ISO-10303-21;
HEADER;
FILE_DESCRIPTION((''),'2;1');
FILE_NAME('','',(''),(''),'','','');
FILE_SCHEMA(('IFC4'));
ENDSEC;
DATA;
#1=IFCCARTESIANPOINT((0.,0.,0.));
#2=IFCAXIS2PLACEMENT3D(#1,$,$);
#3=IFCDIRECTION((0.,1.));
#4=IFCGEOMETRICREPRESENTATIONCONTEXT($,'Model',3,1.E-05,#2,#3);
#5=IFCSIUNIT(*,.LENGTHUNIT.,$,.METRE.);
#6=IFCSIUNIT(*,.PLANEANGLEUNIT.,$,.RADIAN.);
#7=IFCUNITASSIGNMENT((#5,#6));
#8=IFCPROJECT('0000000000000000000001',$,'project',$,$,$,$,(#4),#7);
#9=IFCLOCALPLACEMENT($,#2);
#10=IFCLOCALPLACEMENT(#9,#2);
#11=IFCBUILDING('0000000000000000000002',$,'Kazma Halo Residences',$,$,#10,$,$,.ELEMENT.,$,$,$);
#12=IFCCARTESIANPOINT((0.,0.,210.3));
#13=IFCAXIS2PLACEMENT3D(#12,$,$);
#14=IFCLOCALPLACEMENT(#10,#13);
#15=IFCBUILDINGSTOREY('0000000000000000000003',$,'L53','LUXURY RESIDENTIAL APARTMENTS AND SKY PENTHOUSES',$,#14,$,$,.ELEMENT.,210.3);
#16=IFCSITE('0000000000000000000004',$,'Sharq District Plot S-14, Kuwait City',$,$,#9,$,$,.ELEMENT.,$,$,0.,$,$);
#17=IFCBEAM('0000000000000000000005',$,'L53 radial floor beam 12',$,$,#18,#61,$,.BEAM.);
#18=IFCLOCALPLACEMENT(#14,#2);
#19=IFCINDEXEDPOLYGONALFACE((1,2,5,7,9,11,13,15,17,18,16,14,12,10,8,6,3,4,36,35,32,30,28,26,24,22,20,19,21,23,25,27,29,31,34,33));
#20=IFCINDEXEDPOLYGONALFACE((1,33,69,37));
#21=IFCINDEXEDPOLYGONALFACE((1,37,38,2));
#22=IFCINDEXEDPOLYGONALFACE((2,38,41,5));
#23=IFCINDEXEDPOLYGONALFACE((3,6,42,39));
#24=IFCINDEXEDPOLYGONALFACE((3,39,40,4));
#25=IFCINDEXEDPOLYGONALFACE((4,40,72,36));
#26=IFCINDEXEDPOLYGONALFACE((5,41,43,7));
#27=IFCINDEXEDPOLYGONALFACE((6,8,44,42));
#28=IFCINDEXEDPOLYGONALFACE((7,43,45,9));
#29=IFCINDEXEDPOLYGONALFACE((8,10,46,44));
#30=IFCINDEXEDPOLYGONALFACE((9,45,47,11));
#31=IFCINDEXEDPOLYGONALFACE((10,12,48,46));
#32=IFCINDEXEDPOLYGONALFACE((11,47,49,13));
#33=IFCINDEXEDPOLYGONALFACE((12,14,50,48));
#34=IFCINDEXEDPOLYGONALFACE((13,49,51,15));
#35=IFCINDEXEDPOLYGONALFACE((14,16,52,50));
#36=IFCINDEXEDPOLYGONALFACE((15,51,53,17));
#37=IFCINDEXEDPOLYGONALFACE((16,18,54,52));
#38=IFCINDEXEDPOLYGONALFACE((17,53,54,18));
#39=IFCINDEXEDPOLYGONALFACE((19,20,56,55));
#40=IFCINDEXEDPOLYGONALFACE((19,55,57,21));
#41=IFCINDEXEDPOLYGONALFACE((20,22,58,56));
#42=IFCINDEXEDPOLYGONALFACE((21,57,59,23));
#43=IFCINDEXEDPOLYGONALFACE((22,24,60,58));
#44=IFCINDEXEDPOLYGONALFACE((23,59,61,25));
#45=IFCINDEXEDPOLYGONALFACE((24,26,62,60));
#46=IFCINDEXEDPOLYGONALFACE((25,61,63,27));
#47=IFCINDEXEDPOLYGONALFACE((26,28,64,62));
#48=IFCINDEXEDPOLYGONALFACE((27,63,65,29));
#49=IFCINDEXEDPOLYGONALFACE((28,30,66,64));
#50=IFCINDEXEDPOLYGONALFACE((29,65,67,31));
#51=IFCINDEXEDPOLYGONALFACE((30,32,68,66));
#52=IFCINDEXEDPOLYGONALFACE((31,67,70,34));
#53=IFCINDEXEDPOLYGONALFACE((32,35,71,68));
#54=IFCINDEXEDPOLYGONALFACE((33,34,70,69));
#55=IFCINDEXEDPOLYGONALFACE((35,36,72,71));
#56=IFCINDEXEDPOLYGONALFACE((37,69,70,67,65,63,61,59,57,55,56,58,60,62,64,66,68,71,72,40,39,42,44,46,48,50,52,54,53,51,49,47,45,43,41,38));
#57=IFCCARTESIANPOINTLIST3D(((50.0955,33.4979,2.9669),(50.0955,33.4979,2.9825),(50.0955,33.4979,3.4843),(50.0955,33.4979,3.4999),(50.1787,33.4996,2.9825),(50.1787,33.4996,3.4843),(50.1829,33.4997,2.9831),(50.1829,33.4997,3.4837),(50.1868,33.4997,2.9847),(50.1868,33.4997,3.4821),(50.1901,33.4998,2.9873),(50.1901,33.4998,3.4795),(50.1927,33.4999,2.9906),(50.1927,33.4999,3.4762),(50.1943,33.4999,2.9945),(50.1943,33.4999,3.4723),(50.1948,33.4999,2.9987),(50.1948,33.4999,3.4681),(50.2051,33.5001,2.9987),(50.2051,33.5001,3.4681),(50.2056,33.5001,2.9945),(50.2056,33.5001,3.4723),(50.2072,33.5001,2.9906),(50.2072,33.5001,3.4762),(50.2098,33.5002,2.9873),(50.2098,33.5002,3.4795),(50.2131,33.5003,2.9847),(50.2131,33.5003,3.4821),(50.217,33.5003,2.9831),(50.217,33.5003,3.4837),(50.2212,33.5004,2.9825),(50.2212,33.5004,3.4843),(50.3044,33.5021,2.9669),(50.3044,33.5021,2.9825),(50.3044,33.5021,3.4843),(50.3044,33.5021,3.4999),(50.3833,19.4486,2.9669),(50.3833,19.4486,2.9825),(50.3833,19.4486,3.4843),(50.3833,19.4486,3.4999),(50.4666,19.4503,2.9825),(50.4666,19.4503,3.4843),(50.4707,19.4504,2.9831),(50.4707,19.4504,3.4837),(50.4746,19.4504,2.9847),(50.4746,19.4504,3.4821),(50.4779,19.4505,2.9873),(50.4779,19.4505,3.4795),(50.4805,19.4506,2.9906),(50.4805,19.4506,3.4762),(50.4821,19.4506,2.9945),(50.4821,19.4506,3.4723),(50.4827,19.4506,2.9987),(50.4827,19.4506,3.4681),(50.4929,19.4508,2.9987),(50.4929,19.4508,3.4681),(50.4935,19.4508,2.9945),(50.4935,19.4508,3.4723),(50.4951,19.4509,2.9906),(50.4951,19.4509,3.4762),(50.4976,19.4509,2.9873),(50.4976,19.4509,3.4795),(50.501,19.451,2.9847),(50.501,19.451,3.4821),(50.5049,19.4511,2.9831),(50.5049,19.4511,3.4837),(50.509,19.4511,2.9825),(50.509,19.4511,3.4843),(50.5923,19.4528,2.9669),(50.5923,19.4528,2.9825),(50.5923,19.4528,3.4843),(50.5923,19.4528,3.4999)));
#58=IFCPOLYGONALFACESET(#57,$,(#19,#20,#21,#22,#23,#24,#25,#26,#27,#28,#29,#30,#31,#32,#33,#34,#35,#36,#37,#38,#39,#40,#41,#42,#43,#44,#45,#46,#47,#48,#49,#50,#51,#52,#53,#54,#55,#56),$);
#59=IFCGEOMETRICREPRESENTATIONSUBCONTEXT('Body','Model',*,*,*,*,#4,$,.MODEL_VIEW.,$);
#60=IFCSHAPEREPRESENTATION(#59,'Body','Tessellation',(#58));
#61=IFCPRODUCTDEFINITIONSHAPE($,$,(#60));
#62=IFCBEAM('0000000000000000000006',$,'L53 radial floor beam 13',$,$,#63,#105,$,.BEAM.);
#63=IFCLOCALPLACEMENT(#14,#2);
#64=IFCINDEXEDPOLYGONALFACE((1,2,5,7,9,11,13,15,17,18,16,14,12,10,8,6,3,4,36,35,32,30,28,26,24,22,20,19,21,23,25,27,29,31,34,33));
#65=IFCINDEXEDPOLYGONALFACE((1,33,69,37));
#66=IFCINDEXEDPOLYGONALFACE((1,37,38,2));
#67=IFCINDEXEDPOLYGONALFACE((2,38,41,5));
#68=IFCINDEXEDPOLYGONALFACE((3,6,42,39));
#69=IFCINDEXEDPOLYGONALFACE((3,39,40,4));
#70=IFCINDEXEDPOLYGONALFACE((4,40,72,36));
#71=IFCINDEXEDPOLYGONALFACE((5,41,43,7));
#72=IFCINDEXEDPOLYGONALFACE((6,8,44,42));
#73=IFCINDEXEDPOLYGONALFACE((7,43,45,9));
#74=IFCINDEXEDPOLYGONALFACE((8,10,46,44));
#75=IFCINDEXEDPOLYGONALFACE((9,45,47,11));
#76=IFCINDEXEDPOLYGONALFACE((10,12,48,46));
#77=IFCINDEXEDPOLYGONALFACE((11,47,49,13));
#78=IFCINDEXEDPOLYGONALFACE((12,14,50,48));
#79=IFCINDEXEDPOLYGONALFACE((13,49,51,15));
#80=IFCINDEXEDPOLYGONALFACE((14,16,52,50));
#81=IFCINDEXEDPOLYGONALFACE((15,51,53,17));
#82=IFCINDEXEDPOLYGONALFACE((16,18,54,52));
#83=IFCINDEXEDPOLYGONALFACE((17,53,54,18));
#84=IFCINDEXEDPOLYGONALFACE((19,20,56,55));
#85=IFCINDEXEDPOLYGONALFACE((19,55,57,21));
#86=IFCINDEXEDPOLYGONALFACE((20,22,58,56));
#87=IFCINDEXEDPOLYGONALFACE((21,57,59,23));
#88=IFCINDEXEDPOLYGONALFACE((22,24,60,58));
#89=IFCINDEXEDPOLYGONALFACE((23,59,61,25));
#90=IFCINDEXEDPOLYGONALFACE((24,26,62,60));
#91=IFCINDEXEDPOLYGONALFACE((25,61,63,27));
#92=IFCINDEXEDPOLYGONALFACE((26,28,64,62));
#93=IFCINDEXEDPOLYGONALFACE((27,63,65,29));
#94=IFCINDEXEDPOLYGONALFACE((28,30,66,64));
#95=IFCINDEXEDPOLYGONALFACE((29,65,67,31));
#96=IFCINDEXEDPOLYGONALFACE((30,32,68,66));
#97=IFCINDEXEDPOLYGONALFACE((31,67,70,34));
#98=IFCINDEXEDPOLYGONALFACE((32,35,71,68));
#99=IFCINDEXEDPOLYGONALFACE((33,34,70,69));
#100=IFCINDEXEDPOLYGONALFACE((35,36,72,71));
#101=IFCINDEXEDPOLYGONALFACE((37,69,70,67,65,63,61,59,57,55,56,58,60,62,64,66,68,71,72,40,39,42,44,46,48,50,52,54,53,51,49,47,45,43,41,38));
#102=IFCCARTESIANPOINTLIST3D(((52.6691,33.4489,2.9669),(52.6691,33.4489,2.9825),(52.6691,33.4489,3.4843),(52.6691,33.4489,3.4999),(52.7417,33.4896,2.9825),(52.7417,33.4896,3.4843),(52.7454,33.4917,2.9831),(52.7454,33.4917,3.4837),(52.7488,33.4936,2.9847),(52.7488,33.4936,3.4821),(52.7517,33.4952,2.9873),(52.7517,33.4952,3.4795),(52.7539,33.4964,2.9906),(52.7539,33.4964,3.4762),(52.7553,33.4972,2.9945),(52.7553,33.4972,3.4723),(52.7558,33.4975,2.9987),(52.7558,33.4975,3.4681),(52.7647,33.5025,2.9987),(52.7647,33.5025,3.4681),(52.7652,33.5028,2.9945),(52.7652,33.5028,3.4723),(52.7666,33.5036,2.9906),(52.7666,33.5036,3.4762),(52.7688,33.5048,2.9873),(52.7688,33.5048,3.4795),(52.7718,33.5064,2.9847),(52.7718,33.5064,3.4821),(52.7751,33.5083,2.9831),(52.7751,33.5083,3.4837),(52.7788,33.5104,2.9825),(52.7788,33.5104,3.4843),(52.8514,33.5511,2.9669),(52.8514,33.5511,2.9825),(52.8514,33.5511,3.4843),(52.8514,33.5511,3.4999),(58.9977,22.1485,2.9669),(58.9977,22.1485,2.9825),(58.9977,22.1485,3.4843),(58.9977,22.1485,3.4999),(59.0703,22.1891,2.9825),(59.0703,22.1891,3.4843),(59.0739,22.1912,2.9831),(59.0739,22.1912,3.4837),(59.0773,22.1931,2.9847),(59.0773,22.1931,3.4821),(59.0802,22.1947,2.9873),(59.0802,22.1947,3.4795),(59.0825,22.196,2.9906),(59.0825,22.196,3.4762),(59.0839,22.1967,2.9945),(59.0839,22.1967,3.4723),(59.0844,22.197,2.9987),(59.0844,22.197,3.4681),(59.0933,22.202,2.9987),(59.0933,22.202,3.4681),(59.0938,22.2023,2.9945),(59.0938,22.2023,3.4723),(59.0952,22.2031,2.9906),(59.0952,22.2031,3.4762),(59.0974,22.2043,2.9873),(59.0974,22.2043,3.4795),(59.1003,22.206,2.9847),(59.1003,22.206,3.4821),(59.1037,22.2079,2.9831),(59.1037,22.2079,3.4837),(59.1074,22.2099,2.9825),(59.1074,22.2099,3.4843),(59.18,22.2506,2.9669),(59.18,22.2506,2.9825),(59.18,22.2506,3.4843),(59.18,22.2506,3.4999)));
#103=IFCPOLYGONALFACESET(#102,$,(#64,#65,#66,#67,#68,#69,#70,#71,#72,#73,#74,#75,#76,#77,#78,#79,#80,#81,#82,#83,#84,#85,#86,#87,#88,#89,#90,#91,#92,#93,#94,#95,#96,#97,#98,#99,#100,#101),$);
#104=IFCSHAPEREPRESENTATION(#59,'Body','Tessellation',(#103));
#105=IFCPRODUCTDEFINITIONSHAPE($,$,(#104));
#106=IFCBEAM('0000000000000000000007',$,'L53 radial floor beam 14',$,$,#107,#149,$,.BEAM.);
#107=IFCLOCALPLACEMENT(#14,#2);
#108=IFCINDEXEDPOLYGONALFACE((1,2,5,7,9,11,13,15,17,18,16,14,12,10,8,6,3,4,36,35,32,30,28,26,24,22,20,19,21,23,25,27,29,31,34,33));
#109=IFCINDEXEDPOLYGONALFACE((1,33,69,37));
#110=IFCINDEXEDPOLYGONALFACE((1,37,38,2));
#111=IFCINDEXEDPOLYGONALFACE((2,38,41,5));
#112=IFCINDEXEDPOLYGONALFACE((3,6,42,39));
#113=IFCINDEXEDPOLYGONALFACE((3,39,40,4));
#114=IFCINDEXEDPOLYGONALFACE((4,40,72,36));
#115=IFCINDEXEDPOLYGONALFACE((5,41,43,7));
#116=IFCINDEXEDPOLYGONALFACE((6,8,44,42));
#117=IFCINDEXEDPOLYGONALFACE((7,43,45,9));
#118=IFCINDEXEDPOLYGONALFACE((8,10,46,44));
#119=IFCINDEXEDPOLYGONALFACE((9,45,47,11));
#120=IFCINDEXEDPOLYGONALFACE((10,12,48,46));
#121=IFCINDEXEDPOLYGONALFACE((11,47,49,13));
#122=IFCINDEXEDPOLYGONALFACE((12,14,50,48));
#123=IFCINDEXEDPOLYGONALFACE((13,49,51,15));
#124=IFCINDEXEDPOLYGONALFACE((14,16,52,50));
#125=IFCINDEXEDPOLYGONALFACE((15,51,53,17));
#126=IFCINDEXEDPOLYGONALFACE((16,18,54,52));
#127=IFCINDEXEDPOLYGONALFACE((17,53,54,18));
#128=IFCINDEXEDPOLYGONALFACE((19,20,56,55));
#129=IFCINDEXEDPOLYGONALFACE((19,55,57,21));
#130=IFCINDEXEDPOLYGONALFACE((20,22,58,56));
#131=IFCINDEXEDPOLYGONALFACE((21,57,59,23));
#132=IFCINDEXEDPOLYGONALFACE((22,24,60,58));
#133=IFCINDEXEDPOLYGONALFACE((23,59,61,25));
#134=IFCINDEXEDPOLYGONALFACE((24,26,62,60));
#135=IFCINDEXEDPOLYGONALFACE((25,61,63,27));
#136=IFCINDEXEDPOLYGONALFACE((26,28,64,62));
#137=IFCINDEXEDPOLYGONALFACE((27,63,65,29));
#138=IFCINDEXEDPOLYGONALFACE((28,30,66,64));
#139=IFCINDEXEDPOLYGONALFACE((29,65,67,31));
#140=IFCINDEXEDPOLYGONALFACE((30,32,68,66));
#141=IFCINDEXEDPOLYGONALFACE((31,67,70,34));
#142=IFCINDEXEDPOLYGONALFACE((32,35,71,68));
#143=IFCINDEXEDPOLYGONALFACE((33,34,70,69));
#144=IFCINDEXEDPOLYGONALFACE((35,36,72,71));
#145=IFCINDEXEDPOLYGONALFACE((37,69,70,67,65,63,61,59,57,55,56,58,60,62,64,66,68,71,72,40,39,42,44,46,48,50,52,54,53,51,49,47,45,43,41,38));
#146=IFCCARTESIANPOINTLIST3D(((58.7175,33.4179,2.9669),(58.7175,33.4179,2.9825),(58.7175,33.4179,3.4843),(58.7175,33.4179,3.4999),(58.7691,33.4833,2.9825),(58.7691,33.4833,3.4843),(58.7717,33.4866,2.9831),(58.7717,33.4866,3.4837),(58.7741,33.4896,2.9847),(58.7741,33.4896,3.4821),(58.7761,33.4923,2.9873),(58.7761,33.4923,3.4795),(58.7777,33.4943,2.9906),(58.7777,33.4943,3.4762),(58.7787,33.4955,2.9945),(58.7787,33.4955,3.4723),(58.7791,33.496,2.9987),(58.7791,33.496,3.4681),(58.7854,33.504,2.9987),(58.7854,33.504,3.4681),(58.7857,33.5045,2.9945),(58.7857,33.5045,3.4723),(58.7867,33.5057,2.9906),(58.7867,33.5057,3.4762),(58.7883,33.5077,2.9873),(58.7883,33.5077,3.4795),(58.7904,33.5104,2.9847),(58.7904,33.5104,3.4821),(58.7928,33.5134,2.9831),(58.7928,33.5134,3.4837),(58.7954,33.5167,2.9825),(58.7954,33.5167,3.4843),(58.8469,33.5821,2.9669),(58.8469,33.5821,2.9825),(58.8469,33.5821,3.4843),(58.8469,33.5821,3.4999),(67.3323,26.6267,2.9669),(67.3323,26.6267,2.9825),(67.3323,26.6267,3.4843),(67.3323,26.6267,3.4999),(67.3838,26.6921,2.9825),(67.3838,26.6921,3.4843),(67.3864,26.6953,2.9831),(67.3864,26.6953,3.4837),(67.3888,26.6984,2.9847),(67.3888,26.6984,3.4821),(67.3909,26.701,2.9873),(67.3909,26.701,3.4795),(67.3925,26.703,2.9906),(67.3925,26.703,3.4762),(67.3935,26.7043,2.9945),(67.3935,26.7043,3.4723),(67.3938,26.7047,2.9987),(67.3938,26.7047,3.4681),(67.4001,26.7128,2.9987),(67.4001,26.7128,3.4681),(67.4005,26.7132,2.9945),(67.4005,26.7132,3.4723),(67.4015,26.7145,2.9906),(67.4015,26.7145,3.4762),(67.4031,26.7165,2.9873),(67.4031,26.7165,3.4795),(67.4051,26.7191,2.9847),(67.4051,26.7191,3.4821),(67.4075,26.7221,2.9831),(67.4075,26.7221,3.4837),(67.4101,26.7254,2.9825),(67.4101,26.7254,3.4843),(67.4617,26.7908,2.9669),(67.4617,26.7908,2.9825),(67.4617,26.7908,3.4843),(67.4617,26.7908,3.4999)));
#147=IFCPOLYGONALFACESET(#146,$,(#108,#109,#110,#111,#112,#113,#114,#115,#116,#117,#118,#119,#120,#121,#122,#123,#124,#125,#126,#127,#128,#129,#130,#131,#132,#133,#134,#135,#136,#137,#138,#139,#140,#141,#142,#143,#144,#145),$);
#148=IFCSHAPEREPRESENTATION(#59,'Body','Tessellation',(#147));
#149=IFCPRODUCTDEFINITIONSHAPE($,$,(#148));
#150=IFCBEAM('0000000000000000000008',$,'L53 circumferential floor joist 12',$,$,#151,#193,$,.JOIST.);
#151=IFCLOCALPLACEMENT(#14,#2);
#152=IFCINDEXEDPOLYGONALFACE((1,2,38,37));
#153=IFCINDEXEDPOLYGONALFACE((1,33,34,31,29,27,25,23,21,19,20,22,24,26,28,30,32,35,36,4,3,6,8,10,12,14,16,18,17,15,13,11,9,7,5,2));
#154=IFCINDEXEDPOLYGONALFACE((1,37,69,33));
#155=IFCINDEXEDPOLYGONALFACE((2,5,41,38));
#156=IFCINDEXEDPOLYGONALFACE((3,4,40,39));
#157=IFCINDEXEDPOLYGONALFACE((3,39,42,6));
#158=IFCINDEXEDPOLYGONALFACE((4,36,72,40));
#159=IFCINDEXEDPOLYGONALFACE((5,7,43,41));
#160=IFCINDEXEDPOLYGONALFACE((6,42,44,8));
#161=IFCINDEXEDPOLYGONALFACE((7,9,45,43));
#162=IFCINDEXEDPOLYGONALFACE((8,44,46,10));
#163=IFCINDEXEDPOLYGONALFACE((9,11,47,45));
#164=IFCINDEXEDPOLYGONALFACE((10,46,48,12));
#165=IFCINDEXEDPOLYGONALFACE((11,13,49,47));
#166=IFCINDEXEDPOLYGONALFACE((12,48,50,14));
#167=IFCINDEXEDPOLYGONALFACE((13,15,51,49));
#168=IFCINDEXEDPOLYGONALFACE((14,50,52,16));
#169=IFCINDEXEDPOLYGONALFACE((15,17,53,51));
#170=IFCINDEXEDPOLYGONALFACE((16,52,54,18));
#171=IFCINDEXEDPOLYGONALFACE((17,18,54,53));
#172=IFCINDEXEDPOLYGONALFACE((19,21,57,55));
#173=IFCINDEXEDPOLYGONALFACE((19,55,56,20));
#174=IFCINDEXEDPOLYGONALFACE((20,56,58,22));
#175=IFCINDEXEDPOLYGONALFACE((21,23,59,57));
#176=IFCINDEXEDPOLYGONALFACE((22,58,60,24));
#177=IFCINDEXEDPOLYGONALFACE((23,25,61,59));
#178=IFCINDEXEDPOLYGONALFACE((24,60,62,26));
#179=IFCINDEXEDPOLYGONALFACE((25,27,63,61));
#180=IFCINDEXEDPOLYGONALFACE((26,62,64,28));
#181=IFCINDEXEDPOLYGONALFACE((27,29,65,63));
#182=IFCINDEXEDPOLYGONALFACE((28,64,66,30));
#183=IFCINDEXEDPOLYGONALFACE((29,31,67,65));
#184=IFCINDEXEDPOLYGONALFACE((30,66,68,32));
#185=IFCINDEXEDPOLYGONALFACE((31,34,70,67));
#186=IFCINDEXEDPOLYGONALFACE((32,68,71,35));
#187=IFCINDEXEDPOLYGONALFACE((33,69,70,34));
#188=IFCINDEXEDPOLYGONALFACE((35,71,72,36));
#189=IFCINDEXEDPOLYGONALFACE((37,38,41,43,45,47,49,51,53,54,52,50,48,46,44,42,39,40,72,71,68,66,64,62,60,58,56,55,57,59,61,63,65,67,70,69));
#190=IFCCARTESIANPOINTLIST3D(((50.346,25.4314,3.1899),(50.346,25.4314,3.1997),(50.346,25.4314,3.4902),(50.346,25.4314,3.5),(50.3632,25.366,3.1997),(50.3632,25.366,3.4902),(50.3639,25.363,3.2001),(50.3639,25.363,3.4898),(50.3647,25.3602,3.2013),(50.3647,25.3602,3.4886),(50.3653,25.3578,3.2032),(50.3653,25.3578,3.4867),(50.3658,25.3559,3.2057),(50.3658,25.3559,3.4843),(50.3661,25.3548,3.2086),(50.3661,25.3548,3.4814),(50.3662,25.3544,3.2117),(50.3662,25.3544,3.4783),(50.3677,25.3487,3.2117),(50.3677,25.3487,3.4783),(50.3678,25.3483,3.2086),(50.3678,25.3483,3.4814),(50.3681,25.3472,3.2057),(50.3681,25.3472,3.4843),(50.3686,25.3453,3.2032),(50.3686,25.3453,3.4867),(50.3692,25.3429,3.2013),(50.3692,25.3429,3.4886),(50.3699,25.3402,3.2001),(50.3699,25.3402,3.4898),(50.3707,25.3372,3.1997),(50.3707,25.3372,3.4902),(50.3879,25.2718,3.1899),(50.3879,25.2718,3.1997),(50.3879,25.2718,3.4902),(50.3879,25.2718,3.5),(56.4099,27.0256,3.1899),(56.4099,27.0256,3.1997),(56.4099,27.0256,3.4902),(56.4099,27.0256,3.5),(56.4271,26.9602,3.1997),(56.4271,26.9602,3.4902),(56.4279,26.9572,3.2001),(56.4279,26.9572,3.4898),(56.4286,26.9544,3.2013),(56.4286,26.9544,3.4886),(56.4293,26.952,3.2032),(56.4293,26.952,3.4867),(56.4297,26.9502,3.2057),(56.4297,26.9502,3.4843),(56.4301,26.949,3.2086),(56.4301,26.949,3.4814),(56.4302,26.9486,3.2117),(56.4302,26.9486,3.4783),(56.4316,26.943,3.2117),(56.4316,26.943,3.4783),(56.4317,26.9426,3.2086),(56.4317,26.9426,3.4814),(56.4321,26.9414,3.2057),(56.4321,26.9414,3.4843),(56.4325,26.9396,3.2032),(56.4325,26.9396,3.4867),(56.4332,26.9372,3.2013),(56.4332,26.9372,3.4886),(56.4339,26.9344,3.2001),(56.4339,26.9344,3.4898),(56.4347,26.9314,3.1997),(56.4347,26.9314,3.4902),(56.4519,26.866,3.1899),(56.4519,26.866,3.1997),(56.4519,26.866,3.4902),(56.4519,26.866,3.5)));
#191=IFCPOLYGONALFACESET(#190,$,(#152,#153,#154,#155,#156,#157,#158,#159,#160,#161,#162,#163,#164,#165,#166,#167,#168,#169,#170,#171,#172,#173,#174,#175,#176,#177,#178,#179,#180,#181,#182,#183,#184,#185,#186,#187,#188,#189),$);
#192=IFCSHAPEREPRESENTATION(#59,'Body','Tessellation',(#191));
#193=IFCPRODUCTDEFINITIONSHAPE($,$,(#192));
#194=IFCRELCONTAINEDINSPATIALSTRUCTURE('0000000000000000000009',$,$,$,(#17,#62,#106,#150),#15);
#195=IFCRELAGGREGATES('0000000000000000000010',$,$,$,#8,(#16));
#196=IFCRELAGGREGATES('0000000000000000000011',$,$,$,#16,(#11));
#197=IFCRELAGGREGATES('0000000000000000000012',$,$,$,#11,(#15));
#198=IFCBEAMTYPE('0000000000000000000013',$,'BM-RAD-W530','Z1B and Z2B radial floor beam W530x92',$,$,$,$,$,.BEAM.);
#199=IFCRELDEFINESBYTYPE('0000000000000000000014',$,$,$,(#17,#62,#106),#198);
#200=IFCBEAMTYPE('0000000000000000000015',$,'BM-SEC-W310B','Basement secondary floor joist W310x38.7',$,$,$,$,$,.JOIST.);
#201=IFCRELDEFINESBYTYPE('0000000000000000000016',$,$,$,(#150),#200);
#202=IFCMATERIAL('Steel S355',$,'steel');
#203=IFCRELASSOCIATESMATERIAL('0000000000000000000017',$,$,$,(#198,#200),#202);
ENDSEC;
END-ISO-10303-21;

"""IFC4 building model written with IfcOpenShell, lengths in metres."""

from ifc_helpers import new_model, si_unit, direction, frame, origin, origin_2d, place, context, subcontext, project, spatial, i_section, extrude, material, material_profile, profile_set, type_object, element, save


model = new_model("IFC4")

# Units and contexts
model_context = context("Model", 3, precision=1e-05, world=origin(), true_north=direction((0.0, 1.0)))
body_context = subcontext(model_context, "Body", "Model", "MODEL_VIEW")
ifc_project = project(units=[si_unit("LENGTHUNIT", "METRE"), si_unit("PLANEANGLEUNIT", "RADIAN")], contexts=[model_context])

# Site, building, storey
site_placement = place(None, origin())
site = spatial("IfcSite", under=ifc_project, at=site_placement, Name="Sharq District Plot S-14, Kuwait City", CompositionType="ELEMENT", RefElevation=0.0)
building_placement = place(site_placement, origin())
building = spatial("IfcBuilding", under=site, at=building_placement, Name="Kazma Halo Residences", CompositionType="ELEMENT")
storey_placement = place(building_placement, frame((0.0, 0.0, 210.3)))
storey = spatial("IfcBuildingStorey", under=building, at=storey_placement, Name="L53", Description="LUXURY RESIDENTIAL APARTMENTS AND SKY PENTHOUSES", CompositionType="ELEMENT", Elevation=210.3)

# Beams
ifc_material_1 = material(Name="Steel S355", Category="steel")
ifc_material_profile_1 = material_profile(ifc_material_1, i_section(OverallWidth=0.209, OverallDepth=0.533, WebThickness=0.0103, FlangeThickness=0.0156, FilletRadius=0.0161, at=origin_2d()), Name="W530x92")
ifc_profile_set_1 = profile_set([ifc_material_profile_1], Name="Steel S355")
beam_type_1 = type_object("IfcBeamType", Name="BM-RAD-W530", Description="Z1B and Z2B radial floor beam W530x92", PredefinedType="BEAM", material=ifc_profile_set_1)
beam_1_placement = place(storey_placement, frame((50.2, 33.5, 3.2334), z_axis=(0.020484, -0.99979, 0.0), x_axis=(0.99979, 0.020484, 0.0)))
element("IfcBeam", 1, at=beam_1_placement, inside=storey, type_object=beam_type_1, Name="L53 radial floor beam 12", PredefinedType="BEAM", context=body_context, shape_type="SweptSolid", body=[
    extrude(i_section(OverallWidth=0.209, OverallDepth=0.533, WebThickness=0.0103, FlangeThickness=0.0156, FilletRadius=0.0161, at=origin_2d()), origin(), (0.0, 0.0, 1.0), 14.0522),
])
beam_2_placement = place(storey_placement, frame((52.7603, 33.5, 3.2334), z_axis=(0.488622, -0.872496, 0.0), x_axis=(0.872496, 0.488622, 0.0)))
element("IfcBeam", 2, at=beam_2_placement, inside=storey, type_object=beam_type_1, Name="L53 radial floor beam 13", PredefinedType="BEAM", context=body_context, shape_type="SweptSolid", body=[
    extrude(i_section(OverallWidth=0.209, OverallDepth=0.533, WebThickness=0.0103, FlangeThickness=0.0156, FilletRadius=0.0161, at=origin_2d()), origin(), (0.0, 0.0, 1.0), 12.9519),
])
beam_3_placement = place(storey_placement, frame((58.7822, 33.5, 3.2334), z_axis=(0.78532, -0.619091, 0.0), x_axis=(0.619091, 0.78532, 0.0)))
element("IfcBeam", 3, at=beam_3_placement, inside=storey, type_object=beam_type_1, Name="L53 radial floor beam 14", PredefinedType="BEAM", context=body_context, shape_type="SweptSolid", body=[
    extrude(i_section(OverallWidth=0.209, OverallDepth=0.533, WebThickness=0.0103, FlangeThickness=0.0156, FilletRadius=0.0161, at=origin_2d()), origin(), (0.0, 0.0, 1.0), 10.9697),
])
ifc_material_profile_2 = material_profile(ifc_material_1, i_section(OverallWidth=0.165, OverallDepth=0.3101, WebThickness=0.0059, FlangeThickness=0.0098, FilletRadius=0.012, at=origin_2d()), Name="W310x38.7")
ifc_profile_set_2 = profile_set([ifc_material_profile_2], Name="Steel S355")
beam_type_2 = type_object("IfcBeamType", Name="BM-SEC-W310B", Description="Basement secondary floor joist W310x38.7", PredefinedType="JOIST", material=ifc_profile_set_2)
beam_4_placement = place(storey_placement, frame((50.3669, 25.3516, 3.345), z_axis=(0.967135, 0.254263, 0.0), x_axis=(-0.254263, 0.967135, 0.0)))
element("IfcBeam", 4, at=beam_4_placement, inside=storey, type_object=beam_type_2, Name="L53 circumferential floor joist 12", PredefinedType="JOIST", context=body_context, shape_type="SweptSolid", body=[
    extrude(i_section(OverallWidth=0.165, OverallDepth=0.3101, WebThickness=0.0059, FlangeThickness=0.0098, FilletRadius=0.012, at=origin_2d()), origin(), (0.0, 0.0, 1.0), 6.27),
])

save(model, "model.ifc")
